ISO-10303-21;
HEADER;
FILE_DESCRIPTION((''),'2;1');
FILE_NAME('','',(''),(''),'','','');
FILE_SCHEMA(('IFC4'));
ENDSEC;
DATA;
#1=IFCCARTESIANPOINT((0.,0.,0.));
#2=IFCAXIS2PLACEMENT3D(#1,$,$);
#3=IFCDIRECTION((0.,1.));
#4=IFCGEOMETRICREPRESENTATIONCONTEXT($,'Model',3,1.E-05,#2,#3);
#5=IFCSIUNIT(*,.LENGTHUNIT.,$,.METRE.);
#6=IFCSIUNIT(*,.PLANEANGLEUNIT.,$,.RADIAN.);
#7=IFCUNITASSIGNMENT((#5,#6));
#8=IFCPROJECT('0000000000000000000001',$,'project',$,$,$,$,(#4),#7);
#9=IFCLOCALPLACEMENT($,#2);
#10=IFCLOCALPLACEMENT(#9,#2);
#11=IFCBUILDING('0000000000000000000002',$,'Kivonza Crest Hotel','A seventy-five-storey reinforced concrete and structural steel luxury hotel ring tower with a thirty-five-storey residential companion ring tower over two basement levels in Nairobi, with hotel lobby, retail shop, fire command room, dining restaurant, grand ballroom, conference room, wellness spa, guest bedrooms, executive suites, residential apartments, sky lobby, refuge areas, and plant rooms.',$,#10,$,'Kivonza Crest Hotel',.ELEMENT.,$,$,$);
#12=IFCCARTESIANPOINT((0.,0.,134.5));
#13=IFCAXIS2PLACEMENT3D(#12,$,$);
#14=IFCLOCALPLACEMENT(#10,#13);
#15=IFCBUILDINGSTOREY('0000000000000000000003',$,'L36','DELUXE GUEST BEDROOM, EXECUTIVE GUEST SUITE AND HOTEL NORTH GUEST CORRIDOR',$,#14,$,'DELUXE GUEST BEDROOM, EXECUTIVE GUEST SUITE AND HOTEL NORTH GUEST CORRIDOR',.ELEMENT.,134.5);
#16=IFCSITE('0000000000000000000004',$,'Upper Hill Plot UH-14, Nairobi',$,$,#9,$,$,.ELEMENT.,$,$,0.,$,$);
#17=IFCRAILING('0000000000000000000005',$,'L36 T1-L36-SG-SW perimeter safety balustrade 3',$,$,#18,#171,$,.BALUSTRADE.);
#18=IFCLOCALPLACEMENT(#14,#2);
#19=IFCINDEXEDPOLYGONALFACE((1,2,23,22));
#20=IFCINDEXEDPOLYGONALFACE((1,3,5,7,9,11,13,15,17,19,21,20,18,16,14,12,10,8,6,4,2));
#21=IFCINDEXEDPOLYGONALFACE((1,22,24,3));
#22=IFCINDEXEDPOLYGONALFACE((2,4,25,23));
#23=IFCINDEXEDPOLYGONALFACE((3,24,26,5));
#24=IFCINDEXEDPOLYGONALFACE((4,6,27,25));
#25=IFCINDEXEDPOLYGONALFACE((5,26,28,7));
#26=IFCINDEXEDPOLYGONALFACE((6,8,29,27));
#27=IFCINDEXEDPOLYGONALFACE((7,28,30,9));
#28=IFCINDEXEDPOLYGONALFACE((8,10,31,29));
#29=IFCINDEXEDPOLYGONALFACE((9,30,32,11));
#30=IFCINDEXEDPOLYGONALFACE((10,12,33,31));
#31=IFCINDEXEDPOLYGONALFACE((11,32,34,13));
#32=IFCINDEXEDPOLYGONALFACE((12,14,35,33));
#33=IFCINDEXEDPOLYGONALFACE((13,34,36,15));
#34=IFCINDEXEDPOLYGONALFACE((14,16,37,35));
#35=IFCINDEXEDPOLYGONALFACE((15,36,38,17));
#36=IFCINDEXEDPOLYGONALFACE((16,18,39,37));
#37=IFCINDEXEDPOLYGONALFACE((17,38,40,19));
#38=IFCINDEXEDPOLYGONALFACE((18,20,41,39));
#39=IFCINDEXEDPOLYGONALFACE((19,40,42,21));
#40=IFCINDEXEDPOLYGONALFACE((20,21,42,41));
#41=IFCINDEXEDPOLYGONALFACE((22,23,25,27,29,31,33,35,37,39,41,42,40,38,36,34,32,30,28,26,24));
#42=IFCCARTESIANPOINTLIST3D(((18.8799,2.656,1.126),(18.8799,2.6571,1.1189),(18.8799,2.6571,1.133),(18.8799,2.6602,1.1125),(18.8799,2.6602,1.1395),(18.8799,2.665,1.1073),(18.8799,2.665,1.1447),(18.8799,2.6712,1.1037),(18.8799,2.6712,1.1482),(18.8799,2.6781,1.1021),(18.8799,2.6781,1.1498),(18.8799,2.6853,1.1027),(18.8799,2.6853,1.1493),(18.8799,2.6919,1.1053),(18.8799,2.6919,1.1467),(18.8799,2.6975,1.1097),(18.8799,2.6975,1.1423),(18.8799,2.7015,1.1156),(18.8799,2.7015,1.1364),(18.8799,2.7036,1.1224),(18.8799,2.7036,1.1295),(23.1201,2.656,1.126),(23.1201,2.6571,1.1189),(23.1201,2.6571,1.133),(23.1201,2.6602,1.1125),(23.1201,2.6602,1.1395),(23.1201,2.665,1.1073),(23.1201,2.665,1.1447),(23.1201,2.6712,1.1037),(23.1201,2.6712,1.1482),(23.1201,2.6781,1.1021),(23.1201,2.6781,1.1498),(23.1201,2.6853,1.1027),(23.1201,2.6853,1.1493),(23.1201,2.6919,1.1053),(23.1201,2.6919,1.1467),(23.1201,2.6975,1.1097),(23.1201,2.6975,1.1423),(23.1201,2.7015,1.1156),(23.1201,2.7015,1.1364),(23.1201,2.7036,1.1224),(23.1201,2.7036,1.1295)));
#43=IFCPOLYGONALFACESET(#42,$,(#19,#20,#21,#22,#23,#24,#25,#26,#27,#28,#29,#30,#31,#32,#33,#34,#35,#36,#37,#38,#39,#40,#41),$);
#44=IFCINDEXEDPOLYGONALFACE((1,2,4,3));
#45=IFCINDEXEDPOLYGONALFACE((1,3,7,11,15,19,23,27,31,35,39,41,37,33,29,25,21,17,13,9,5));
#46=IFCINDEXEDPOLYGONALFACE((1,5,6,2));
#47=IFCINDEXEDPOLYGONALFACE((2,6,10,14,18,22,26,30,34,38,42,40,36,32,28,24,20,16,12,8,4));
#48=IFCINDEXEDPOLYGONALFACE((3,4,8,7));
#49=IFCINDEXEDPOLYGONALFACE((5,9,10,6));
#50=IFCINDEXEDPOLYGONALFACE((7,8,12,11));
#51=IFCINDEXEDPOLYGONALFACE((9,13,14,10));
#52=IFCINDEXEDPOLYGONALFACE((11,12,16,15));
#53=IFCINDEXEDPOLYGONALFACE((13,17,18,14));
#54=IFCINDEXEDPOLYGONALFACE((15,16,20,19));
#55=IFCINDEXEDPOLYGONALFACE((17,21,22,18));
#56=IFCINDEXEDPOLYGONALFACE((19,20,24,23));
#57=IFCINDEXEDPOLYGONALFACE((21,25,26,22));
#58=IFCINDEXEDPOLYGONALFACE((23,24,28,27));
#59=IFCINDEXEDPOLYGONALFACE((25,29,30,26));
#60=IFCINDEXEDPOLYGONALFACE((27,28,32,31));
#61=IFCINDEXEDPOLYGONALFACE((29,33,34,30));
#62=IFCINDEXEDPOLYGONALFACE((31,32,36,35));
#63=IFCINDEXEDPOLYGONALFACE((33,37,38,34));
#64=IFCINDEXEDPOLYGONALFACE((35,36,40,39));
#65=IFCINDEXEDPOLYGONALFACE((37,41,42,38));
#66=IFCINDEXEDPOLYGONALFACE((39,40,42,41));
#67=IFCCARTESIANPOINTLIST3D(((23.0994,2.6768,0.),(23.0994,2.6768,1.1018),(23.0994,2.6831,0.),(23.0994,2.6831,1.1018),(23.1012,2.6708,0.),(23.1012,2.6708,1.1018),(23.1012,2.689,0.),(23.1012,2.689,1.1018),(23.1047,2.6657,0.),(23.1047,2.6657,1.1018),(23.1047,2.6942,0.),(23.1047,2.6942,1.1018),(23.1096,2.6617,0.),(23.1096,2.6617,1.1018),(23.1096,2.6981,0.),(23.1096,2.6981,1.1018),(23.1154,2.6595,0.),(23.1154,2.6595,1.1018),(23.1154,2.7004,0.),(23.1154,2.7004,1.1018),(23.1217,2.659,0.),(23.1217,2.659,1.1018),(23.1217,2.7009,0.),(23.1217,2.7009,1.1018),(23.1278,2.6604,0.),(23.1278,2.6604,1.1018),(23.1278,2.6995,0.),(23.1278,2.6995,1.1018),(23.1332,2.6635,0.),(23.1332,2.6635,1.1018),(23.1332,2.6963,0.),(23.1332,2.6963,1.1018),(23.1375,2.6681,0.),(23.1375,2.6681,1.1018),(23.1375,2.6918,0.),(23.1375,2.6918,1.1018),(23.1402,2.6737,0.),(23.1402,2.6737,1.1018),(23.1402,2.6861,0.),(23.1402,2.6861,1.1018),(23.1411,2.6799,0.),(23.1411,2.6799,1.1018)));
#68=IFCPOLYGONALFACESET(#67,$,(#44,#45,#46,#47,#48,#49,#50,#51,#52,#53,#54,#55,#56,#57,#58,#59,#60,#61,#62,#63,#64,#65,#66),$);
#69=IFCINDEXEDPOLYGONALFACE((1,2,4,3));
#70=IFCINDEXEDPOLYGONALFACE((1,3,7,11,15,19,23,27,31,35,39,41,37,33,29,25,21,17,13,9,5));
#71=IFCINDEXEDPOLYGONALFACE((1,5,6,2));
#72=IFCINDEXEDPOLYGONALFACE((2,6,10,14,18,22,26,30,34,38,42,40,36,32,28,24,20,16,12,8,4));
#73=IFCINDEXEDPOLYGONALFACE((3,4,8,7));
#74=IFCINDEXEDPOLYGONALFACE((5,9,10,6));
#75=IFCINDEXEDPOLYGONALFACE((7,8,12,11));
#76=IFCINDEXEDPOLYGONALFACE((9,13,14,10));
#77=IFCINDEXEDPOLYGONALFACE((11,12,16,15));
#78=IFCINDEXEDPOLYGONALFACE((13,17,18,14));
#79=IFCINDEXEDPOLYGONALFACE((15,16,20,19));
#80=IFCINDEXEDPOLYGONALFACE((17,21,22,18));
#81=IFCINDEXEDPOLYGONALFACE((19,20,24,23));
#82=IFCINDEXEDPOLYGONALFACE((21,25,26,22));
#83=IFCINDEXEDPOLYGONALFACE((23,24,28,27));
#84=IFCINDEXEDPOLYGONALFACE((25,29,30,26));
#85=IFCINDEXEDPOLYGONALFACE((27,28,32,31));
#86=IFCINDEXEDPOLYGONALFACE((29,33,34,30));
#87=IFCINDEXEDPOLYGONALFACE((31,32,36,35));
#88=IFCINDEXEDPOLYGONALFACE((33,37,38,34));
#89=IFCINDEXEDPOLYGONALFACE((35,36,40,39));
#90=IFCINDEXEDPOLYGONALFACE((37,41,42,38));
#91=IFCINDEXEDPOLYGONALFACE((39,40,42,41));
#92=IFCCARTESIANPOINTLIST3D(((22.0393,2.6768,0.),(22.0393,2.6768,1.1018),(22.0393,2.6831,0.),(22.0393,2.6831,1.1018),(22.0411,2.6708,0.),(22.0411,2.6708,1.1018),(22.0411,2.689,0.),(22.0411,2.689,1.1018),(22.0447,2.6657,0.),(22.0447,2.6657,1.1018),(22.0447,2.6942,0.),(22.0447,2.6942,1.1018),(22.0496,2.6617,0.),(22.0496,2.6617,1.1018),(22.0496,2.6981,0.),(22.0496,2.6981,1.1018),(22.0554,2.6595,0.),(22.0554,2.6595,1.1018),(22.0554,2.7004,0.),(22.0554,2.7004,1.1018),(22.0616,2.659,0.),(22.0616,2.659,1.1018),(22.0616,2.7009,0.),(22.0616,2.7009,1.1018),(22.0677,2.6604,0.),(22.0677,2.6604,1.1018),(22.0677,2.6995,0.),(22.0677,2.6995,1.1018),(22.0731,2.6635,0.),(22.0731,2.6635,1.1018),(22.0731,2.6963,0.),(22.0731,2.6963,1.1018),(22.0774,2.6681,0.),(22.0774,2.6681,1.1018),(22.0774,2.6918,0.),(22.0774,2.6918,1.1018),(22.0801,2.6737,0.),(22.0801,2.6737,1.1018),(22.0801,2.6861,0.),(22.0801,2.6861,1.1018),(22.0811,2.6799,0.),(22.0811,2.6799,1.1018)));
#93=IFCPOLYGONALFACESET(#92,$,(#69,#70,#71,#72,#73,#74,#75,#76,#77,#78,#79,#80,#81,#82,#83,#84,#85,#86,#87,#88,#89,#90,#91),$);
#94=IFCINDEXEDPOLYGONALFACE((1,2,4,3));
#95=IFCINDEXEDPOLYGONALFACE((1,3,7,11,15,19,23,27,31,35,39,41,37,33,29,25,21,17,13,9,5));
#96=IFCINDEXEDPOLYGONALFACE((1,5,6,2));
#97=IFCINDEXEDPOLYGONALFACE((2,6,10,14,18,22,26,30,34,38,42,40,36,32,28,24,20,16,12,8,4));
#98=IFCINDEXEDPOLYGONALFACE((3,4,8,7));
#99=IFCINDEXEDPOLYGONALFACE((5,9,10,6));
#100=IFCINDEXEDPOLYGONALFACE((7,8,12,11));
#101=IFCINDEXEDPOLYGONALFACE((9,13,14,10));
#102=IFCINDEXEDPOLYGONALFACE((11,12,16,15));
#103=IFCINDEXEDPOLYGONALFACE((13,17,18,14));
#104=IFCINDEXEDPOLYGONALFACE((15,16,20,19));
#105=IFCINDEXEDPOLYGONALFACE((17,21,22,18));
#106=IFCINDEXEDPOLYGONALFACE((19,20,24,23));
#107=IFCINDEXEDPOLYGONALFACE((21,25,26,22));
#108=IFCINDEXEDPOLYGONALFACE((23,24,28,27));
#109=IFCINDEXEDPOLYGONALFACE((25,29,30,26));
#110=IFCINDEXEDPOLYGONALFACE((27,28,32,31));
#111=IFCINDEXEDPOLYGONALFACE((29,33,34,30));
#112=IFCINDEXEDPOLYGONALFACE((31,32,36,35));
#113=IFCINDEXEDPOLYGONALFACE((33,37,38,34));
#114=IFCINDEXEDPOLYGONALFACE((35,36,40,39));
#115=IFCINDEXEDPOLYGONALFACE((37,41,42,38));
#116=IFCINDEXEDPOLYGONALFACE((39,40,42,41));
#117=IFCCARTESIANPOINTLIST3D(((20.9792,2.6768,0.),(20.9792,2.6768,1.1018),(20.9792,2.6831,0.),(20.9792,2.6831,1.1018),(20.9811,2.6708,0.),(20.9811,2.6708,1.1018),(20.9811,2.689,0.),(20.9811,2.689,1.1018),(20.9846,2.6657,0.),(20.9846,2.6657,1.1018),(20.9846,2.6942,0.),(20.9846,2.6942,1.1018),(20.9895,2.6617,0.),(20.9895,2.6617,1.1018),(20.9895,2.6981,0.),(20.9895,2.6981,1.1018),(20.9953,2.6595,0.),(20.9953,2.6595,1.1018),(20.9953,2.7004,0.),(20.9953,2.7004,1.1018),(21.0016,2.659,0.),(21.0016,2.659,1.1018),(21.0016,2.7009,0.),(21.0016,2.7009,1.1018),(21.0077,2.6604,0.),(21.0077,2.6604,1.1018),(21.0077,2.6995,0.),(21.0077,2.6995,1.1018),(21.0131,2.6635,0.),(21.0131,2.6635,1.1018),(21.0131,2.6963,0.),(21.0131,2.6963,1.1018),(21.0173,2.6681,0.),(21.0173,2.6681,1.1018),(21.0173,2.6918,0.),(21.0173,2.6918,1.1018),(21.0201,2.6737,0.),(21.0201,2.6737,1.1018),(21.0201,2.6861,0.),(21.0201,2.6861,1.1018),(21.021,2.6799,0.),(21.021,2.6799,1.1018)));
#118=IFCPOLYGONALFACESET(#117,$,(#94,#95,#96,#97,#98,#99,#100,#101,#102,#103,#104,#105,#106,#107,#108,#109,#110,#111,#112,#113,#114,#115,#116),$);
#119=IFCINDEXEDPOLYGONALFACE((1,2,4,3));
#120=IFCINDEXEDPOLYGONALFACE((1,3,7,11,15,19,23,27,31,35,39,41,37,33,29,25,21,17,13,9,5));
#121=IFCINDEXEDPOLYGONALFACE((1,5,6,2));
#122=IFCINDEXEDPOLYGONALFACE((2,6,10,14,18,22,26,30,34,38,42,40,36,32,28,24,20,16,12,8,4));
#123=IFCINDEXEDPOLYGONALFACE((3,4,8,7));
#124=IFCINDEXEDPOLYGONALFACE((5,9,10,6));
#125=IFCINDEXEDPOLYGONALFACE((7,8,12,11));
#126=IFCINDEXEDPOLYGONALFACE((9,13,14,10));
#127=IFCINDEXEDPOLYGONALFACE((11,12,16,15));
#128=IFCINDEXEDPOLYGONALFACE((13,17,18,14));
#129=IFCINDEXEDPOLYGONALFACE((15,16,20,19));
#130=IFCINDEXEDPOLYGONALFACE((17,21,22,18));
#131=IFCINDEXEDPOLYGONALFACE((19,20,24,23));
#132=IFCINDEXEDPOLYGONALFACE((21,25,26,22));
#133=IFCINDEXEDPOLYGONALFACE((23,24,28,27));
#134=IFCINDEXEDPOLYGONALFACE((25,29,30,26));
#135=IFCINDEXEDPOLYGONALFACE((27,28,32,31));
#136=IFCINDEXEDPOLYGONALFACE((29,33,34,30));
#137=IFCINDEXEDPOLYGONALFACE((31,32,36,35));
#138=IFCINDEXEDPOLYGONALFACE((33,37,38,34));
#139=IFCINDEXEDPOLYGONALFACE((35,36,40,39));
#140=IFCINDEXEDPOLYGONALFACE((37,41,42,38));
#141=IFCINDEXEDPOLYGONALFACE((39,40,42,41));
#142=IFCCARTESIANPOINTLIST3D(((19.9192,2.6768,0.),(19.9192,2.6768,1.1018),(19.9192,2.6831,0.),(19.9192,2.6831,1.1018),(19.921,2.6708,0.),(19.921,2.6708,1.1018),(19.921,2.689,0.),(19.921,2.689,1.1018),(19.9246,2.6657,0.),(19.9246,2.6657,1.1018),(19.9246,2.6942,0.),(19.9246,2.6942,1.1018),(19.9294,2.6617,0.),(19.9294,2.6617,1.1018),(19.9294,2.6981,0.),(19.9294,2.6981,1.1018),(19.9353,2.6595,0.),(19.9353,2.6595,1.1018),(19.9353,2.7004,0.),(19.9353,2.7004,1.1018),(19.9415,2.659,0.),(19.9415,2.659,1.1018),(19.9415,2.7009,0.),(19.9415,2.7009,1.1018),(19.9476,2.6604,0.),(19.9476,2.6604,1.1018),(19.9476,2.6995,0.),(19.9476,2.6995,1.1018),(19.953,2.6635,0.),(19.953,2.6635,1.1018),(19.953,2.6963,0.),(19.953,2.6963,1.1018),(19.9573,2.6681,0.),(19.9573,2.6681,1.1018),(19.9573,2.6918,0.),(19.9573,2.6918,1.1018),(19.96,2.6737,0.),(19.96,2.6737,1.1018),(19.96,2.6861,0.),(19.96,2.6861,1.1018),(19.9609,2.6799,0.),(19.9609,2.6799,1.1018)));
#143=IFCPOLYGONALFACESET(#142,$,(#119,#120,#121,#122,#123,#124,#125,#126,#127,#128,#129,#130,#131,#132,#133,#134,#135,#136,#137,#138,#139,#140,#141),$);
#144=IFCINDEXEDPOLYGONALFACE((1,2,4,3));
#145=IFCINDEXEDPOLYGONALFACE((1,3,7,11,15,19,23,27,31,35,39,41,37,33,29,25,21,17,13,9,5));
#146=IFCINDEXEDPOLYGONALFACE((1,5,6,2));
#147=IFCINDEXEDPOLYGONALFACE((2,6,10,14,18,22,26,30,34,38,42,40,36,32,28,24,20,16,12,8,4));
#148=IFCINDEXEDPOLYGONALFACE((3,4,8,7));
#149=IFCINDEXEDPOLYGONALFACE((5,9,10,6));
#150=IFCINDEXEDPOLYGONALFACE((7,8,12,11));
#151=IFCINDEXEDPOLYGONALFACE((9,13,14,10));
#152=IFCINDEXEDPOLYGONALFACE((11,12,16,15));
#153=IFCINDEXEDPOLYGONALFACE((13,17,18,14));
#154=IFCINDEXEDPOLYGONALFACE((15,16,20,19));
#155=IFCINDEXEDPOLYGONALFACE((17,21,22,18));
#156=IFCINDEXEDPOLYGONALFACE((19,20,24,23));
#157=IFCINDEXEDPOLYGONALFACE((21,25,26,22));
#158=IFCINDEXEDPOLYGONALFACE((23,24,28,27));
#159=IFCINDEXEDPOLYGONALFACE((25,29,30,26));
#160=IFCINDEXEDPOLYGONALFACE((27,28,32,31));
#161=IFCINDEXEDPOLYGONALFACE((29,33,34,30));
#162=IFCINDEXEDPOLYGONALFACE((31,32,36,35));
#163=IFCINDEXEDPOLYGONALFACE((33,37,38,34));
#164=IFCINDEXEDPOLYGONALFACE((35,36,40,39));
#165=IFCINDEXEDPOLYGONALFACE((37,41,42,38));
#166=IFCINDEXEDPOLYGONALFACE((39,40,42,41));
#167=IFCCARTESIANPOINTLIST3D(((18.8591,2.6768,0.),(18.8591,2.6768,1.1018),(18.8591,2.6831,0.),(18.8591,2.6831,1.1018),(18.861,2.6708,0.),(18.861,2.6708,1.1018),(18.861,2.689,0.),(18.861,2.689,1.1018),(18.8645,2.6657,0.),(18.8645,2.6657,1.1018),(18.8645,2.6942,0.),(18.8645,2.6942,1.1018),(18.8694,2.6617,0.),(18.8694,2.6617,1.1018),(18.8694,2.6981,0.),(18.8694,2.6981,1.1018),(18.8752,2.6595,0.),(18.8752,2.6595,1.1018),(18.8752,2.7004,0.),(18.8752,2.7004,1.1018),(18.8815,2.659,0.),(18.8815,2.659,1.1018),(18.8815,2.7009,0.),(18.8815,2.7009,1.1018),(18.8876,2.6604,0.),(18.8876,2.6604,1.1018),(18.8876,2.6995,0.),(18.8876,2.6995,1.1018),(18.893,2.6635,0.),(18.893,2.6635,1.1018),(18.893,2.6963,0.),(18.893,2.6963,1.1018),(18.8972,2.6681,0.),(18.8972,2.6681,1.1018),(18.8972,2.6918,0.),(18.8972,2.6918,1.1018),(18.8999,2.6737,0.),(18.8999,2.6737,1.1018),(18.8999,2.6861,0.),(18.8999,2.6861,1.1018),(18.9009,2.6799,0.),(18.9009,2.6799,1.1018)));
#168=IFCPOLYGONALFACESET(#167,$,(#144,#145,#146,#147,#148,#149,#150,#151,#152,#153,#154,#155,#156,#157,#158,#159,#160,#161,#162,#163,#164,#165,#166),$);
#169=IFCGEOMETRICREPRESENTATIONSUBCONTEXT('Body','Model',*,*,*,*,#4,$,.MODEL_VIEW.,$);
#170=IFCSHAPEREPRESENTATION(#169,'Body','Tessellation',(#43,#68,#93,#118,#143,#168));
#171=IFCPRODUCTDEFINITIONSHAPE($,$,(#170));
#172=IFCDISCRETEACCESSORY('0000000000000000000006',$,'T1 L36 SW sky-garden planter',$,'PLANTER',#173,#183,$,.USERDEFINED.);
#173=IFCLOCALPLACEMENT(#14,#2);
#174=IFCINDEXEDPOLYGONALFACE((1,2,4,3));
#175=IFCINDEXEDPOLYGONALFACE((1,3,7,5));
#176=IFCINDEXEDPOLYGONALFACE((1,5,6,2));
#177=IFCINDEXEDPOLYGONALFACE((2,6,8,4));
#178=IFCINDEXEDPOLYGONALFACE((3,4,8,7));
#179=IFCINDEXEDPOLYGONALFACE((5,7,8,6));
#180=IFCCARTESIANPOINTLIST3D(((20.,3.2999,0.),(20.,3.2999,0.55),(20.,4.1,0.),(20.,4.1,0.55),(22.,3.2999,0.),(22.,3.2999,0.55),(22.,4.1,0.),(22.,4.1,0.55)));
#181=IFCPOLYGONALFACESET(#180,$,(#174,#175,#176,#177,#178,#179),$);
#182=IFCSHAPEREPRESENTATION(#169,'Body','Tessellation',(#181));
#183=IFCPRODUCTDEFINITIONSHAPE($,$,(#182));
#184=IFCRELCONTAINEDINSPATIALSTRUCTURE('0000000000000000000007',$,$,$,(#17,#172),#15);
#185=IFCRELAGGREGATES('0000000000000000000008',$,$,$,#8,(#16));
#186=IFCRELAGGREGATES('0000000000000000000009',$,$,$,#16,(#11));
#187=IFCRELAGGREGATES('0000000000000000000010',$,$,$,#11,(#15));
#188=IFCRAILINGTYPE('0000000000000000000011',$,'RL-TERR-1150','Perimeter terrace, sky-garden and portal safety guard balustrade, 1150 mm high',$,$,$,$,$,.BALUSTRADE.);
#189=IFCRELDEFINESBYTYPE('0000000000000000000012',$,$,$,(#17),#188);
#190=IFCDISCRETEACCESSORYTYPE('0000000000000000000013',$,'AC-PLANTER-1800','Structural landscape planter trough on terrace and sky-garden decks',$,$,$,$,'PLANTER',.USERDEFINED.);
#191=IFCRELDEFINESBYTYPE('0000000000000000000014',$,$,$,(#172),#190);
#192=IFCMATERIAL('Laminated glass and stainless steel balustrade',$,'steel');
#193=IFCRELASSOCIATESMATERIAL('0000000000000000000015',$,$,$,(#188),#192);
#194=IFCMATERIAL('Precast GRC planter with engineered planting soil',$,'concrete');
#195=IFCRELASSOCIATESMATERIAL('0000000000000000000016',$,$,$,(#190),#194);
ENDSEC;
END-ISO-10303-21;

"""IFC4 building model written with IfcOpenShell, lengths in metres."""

from ifc_helpers import new_model, si_unit, direction, frame, origin, origin_2d, place, context, subcontext, project, spatial, rectangle, circle, extrude, material, type_object, element, save


model = new_model("IFC4")

# Units and contexts
model_context = context("Model", 3, precision=1e-05, world=origin(), true_north=direction((0.0, 1.0)))
body_context = subcontext(model_context, "Body", "Model", "MODEL_VIEW")
ifc_project = project(units=[si_unit("LENGTHUNIT", "METRE"), si_unit("PLANEANGLEUNIT", "RADIAN")], contexts=[model_context])

# Site, building, storey
site_placement = place(None, origin())
site = spatial("IfcSite", under=ifc_project, at=site_placement, Name="Upper Hill Plot UH-14, Nairobi", CompositionType="ELEMENT", RefElevation=0.0)
building_placement = place(site_placement, origin())
building = spatial("IfcBuilding", under=site, at=building_placement, Name="Kivonza Crest Hotel", Description="A seventy-five-storey reinforced concrete and structural steel luxury hotel ring tower with a thirty-five-storey residential companion ring tower over two basement levels in Nairobi, with hotel lobby, retail shop, fire command room, dining restaurant, grand ballroom, conference room, wellness spa, guest bedrooms, executive suites, residential apartments, sky lobby, refuge areas, and plant rooms.", LongName="Kivonza Crest Hotel", CompositionType="ELEMENT")
storey_placement = place(building_placement, frame((0.0, 0.0, 134.5)))
storey = spatial("IfcBuildingStorey", under=building, at=storey_placement, Name="L36", Description="DELUXE GUEST BEDROOM, EXECUTIVE GUEST SUITE AND HOTEL NORTH GUEST CORRIDOR", LongName="DELUXE GUEST BEDROOM, EXECUTIVE GUEST SUITE AND HOTEL NORTH GUEST CORRIDOR", CompositionType="ELEMENT", Elevation=134.5)

# Railing
ifc_material_1 = material(Name="Laminated glass and stainless steel balustrade", Category="steel")
railing_type = type_object("IfcRailingType", Name="RL-TERR-1150", Description="Perimeter terrace, sky-garden and portal safety guard balustrade, 1150 mm high", PredefinedType="BALUSTRADE", material=ifc_material_1)
railing_1_placement = place(storey_placement, frame((23.1201, 2.6799, 0.0)))
element("IfcRailing", 1, at=railing_1_placement, inside=storey, type_object=railing_type, Name="L36 T1-L36-SG-SW perimeter safety balustrade 3", PredefinedType="BALUSTRADE", context=body_context, shape_type="SweptSolid", body=[
    extrude(circle(Radius=0.0239, at=origin_2d()), frame((0.0, 0.0, 1.126), z_axis=(-1.0, 0.0, 0.0), x_axis=(0.0, -1.0, 0.0)), (0.0, 0.0, 1.0), 4.2402),
    extrude(circle(Radius=0.021, at=origin_2d()), origin(), (0.0, 0.0, 1.0), 1.1018),
    extrude(circle(Radius=0.021, at=origin_2d()), frame((-1.0601, 0.0, 0.0)), (0.0, 0.0, 1.0), 1.1018),
    extrude(circle(Radius=0.021, at=origin_2d()), frame((-2.1201, 0.0, 0.0)), (0.0, 0.0, 1.0), 1.1018),
    extrude(circle(Radius=0.021, at=origin_2d()), frame((-3.1802, 0.0, 0.0)), (0.0, 0.0, 1.0), 1.1018),
    extrude(circle(Radius=0.021, at=origin_2d()), frame((-4.2402, 0.0, 0.0)), (0.0, 0.0, 1.0), 1.1018),
])

# Discrete accessory
ifc_material_2 = material(Name="Precast GRC planter with engineered planting soil", Category="concrete")
discrete_accessory_type = type_object("IfcDiscreteAccessoryType", Name="AC-PLANTER-1800", Description="Structural landscape planter trough on terrace and sky-garden decks", ElementType="PLANTER", PredefinedType="USERDEFINED", material=ifc_material_2)
discrete_accessory_placement = place(storey_placement, frame((21.0, 3.7, 0.0), z_axis=(0.0, 0.0, 1.0), x_axis=(1.0, 0.0, 0.0)))
element("IfcDiscreteAccessory", 2, at=discrete_accessory_placement, inside=storey, type_object=discrete_accessory_type, Name="T1 L36 SW sky-garden planter", ObjectType="PLANTER", PredefinedType="USERDEFINED", context=body_context, shape_type="SweptSolid", body=[
    extrude(rectangle(XDim=2.0, YDim=0.8, at=origin_2d()), origin(), (0.0, 0.0, 1.0), 0.55),
])

save(model, "model.ifc")
